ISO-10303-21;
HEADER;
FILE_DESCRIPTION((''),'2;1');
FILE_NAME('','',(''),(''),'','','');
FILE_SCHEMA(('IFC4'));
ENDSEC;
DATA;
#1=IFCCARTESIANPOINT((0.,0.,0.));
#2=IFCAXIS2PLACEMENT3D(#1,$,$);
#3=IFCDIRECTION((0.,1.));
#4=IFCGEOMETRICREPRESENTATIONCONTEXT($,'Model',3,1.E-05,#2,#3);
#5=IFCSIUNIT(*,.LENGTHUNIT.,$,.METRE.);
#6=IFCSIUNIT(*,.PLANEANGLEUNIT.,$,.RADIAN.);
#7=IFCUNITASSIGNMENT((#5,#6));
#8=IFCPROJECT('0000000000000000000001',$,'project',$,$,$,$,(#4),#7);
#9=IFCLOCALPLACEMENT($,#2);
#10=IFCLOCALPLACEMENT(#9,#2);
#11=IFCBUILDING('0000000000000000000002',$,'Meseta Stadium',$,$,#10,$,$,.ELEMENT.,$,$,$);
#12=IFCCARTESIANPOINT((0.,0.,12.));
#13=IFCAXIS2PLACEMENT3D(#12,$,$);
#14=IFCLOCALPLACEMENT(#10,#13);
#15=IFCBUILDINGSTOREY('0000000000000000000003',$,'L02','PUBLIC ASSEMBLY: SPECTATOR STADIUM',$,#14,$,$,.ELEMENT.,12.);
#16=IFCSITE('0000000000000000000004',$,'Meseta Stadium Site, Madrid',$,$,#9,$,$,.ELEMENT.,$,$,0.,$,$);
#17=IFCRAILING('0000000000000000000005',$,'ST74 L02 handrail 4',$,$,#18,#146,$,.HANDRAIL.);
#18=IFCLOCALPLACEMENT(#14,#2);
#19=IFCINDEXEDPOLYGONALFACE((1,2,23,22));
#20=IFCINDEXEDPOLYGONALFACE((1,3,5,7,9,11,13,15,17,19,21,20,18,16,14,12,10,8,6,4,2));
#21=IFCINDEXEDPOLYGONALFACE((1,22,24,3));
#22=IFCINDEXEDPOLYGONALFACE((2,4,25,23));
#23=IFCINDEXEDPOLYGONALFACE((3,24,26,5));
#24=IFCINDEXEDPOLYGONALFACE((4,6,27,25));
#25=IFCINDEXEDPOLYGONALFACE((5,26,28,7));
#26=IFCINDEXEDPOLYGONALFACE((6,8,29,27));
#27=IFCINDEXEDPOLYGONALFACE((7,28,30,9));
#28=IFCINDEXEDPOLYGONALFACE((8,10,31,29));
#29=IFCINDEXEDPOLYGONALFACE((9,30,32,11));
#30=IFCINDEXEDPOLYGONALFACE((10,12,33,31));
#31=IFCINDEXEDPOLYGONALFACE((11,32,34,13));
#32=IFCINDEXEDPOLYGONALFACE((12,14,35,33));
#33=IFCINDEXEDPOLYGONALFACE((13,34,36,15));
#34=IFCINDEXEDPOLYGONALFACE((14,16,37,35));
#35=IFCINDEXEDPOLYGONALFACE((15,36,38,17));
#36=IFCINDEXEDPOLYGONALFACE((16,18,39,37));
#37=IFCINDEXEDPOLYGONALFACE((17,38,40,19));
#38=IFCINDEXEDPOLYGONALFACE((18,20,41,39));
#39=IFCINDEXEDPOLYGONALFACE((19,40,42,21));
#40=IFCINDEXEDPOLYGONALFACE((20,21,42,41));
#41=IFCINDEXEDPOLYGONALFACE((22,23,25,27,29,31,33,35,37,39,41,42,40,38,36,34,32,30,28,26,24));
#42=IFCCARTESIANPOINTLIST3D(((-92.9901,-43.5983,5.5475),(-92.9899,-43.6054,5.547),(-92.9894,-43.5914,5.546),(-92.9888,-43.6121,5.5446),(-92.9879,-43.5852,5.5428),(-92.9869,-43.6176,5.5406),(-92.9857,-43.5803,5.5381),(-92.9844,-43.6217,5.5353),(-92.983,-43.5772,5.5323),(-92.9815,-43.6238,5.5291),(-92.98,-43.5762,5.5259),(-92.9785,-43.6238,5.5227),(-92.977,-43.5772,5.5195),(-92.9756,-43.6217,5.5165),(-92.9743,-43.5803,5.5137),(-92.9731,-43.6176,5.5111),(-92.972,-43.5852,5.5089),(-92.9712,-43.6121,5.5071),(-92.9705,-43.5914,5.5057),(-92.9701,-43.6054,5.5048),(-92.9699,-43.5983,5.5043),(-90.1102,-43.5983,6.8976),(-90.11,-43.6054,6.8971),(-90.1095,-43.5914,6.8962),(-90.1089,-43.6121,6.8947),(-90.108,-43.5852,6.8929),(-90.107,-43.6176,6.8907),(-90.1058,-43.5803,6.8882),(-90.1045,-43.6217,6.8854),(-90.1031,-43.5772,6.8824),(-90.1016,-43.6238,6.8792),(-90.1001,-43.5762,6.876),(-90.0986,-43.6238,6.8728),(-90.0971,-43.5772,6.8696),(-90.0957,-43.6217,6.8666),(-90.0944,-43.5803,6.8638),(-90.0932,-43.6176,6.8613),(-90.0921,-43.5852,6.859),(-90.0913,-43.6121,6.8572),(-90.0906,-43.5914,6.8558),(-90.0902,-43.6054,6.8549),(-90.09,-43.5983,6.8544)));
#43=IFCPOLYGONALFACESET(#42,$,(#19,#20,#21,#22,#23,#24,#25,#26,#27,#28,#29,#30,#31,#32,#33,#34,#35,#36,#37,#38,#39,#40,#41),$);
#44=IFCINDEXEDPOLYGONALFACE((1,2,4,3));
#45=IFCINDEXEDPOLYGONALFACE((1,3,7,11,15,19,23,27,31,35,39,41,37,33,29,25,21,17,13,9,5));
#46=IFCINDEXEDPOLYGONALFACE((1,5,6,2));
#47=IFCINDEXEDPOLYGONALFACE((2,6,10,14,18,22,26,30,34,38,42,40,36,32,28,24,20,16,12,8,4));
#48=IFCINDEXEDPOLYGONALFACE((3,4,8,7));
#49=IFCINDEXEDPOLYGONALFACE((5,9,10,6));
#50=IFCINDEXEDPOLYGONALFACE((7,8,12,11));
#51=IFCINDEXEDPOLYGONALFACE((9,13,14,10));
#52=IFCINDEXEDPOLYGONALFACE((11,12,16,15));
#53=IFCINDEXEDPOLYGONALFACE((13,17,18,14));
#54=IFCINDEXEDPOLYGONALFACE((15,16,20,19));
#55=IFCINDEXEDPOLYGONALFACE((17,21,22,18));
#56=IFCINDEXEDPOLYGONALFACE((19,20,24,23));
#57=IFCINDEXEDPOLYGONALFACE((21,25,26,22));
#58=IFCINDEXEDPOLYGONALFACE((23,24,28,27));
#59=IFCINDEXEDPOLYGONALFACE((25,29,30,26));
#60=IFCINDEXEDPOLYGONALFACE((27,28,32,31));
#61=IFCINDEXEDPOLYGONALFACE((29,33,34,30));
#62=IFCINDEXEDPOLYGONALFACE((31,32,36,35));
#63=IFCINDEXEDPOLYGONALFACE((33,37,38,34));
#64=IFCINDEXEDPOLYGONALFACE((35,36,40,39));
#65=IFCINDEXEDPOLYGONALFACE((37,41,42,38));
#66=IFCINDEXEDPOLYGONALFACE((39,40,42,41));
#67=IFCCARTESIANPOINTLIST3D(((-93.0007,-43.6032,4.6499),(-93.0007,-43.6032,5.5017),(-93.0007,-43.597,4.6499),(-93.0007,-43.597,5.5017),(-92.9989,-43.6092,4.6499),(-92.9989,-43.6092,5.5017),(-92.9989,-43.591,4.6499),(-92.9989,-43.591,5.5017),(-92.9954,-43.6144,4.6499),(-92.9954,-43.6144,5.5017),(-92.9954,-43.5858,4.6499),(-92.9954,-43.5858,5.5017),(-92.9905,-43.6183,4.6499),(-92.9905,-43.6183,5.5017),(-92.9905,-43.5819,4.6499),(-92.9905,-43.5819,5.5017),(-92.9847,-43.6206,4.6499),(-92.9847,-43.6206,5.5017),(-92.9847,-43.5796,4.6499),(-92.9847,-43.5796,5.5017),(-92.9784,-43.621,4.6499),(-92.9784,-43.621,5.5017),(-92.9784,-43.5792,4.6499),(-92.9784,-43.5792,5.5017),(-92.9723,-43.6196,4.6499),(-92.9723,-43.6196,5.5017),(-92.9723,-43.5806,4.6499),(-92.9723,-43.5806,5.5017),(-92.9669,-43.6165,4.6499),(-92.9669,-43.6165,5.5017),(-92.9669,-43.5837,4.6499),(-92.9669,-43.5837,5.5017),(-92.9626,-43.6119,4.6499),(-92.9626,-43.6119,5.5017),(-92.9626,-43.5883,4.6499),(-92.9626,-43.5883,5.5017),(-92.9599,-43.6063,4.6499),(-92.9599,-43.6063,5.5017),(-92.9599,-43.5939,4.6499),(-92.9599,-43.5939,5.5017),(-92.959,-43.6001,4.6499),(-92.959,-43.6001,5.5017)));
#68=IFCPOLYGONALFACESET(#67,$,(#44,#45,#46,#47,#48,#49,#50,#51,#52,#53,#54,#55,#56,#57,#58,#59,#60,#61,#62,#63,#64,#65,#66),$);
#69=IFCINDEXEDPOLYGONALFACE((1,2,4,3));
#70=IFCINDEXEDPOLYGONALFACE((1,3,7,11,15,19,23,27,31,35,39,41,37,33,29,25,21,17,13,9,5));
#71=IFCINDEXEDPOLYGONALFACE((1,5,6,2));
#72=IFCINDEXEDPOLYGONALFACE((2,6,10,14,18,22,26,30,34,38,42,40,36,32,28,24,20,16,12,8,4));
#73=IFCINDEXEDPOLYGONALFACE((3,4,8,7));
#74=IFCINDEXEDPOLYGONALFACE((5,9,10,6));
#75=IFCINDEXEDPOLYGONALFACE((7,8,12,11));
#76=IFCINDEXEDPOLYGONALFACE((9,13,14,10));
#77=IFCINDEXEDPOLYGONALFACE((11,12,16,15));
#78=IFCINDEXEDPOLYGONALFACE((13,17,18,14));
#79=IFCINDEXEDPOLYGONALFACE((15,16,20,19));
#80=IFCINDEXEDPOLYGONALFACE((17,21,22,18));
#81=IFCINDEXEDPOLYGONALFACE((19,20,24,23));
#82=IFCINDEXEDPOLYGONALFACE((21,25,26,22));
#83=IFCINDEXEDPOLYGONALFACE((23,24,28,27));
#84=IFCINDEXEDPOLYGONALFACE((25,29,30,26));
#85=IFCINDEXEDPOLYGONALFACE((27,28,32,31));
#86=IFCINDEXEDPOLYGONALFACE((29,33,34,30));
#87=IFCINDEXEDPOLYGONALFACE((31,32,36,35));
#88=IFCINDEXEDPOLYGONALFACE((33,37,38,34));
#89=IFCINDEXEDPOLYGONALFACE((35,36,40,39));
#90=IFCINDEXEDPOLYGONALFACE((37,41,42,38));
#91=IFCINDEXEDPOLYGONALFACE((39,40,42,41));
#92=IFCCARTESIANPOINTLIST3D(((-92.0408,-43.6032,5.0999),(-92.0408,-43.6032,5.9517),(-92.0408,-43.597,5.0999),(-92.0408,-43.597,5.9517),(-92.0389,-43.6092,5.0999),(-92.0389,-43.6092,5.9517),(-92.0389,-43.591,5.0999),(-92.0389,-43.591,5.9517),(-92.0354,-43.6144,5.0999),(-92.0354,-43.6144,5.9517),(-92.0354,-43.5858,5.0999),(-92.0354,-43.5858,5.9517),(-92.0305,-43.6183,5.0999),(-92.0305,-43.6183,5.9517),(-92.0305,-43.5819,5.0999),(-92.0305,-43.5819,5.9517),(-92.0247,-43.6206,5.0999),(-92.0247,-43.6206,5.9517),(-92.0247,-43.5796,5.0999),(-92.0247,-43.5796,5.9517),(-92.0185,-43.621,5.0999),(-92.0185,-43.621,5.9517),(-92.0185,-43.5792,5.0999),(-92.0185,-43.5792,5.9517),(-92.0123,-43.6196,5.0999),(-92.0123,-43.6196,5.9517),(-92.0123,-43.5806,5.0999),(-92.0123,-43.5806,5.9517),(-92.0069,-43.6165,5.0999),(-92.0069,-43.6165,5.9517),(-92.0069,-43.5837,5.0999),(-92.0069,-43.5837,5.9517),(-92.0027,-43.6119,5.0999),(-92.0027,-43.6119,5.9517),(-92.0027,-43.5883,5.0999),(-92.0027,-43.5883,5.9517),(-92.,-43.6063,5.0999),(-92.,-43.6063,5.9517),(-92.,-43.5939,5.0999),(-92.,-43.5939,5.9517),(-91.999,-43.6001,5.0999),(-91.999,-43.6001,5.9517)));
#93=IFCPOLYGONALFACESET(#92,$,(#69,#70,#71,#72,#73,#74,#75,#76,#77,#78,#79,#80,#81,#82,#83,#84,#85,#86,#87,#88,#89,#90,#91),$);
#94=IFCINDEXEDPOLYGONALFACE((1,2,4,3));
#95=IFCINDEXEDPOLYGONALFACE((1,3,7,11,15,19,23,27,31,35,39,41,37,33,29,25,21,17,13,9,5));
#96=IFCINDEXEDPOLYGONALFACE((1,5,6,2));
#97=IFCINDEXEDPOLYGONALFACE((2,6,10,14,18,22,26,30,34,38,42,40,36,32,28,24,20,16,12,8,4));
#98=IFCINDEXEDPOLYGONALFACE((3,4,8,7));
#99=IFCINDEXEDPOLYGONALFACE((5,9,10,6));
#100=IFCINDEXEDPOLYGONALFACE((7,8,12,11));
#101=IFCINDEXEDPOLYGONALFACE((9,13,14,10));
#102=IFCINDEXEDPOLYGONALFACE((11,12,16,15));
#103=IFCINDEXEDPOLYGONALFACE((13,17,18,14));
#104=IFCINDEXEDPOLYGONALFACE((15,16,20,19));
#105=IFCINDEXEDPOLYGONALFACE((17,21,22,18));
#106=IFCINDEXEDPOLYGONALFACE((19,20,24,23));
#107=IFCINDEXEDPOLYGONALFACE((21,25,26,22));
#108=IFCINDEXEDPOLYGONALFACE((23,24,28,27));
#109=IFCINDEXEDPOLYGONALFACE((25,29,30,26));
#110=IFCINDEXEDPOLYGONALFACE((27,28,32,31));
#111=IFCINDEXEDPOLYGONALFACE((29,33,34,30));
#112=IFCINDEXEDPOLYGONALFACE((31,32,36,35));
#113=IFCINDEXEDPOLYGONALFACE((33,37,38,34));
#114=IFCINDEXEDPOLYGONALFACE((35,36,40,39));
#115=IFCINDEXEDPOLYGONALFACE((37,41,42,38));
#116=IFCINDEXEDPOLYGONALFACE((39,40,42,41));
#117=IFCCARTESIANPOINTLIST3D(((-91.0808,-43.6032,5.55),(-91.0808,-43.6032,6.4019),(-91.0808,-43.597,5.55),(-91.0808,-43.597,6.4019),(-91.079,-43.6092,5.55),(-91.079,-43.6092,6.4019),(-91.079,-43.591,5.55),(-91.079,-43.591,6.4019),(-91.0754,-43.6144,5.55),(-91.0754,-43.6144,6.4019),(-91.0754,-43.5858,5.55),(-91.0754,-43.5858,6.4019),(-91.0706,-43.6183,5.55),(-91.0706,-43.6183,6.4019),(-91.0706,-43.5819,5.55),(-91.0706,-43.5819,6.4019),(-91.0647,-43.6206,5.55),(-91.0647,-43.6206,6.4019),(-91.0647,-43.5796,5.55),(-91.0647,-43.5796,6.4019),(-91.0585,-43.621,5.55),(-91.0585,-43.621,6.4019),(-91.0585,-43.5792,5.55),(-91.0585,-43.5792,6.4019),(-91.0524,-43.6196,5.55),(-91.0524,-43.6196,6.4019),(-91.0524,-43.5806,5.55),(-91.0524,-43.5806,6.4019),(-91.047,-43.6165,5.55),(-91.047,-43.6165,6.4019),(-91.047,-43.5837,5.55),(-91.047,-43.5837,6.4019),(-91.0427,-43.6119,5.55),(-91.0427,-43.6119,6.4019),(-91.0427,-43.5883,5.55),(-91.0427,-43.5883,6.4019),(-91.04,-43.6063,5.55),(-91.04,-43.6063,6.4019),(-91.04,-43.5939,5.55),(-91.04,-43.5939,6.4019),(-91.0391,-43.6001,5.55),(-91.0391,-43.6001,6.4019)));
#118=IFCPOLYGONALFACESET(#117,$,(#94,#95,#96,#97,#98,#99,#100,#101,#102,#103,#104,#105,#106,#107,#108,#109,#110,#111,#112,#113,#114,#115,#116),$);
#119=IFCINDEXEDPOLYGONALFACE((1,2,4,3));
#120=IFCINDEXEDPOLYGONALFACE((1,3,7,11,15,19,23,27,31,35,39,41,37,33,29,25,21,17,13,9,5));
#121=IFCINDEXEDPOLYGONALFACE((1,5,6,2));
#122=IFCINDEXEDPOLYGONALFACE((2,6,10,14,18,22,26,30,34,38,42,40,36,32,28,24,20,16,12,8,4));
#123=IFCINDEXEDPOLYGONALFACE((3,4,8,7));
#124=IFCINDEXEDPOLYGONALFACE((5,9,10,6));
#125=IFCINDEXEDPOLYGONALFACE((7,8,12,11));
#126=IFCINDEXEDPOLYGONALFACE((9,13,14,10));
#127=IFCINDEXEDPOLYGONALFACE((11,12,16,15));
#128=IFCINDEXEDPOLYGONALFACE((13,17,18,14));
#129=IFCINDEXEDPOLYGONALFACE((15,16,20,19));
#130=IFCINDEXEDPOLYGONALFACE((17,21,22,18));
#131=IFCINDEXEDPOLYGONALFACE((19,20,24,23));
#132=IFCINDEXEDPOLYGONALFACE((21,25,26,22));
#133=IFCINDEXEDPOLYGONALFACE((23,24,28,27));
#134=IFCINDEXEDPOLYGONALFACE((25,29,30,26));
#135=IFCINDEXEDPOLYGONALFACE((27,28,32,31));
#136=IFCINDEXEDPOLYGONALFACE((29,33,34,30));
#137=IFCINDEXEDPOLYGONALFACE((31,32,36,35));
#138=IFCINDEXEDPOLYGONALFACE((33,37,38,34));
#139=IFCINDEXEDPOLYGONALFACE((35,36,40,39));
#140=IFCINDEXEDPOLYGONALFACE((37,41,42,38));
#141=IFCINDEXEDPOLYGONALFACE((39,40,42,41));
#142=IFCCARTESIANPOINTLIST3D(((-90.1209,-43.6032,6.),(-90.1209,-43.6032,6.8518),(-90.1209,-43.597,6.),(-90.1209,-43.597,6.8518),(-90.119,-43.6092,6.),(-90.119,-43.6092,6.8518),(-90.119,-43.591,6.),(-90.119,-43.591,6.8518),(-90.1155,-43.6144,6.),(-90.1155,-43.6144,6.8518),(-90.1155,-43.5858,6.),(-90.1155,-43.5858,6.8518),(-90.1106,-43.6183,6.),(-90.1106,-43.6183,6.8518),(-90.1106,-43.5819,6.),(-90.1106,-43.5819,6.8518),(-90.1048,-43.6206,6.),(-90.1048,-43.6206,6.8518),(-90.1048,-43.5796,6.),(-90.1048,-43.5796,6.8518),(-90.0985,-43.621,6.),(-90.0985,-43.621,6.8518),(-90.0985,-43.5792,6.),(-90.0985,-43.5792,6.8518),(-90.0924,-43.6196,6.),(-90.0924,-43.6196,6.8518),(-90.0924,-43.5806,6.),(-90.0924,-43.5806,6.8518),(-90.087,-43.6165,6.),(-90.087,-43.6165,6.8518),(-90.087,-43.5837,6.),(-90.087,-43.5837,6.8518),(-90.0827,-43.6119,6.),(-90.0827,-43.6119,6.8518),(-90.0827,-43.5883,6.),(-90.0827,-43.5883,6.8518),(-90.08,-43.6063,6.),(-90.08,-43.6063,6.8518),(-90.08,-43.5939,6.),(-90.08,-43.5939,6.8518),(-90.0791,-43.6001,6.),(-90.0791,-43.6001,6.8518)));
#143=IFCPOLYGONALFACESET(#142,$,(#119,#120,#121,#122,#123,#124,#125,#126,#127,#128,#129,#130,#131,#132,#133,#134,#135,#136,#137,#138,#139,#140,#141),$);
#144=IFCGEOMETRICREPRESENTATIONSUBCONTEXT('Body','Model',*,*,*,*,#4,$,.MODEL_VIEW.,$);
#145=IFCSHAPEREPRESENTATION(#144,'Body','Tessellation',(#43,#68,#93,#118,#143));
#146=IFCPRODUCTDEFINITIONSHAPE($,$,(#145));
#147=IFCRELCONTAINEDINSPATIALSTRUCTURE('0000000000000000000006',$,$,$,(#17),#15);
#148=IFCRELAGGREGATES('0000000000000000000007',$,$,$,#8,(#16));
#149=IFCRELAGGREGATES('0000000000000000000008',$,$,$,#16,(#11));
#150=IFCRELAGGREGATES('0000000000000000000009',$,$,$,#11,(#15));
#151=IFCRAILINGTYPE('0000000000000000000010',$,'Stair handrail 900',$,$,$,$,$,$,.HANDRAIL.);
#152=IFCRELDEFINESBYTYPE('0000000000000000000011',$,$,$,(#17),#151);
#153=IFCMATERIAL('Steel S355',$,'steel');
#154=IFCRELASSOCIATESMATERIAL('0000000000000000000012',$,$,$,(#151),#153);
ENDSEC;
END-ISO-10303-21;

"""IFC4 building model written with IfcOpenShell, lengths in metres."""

from ifc_helpers import new_model, si_unit, direction, frame, origin, origin_2d, place, context, subcontext, project, spatial, circle, extrude, material, type_object, element, save


model = new_model("IFC4")

# Units and contexts
model_context = context("Model", 3, precision=1e-05, world=origin(), true_north=direction((0.0, 1.0)))
body_context = subcontext(model_context, "Body", "Model", "MODEL_VIEW")
ifc_project = project(units=[si_unit("LENGTHUNIT", "METRE"), si_unit("PLANEANGLEUNIT", "RADIAN")], contexts=[model_context])

# Site, building, storey
site_placement = place(None, origin())
site = spatial("IfcSite", under=ifc_project, at=site_placement, Name="Meseta Stadium Site, Madrid", CompositionType="ELEMENT", RefElevation=0.0)
building_placement = place(site_placement, origin())
building = spatial("IfcBuilding", under=site, at=building_placement, Name="Meseta Stadium", CompositionType="ELEMENT")
storey_placement = place(building_placement, frame((0.0, 0.0, 12.0)))
storey = spatial("IfcBuildingStorey", under=building, at=storey_placement, Name="L02", Description="PUBLIC ASSEMBLY: SPECTATOR STADIUM", CompositionType="ELEMENT", Elevation=12.0)

# Railing
ifc_material_1 = material(Name="Steel S355", Category="steel")
railing_type_1 = type_object("IfcRailingType", Name="Stair handrail 900", PredefinedType="HANDRAIL", material=ifc_material_1)
for number, where, name in (
    (1, (-92.98, -43.6001, 4.6499), "ST74 L02 handrail 4"),
):
    element("IfcRailing", number, at=place(storey_placement, frame(where)), inside=storey, type_object=railing_type_1, Name=name, PredefinedType="HANDRAIL", context=body_context, shape_type="SweptSolid", body=[
        extrude(circle(Radius=0.0239, at=origin_2d()), frame((0.0, 0.0, 0.876), z_axis=(0.90544, 0.0, 0.424473), x_axis=(0.0, 1.0, 0.0)), (0.0, 0.0, 1.0), 3.1807),
        extrude(circle(Radius=0.021, at=origin_2d()), origin(), (0.0, 0.0, 1.0), 0.8518),
        extrude(circle(Radius=0.021, at=origin_2d()), frame((0.96, 0.0, 0.45)), (0.0, 0.0, 1.0), 0.8518),
        extrude(circle(Radius=0.021, at=origin_2d()), frame((1.9199, 0.0, 0.9001)), (0.0, 0.0, 1.0), 0.8518),
        extrude(circle(Radius=0.021, at=origin_2d()), frame((2.8799, 0.0, 1.3501)), (0.0, 0.0, 1.0), 0.8518),
    ])

save(model, "model.ifc")
